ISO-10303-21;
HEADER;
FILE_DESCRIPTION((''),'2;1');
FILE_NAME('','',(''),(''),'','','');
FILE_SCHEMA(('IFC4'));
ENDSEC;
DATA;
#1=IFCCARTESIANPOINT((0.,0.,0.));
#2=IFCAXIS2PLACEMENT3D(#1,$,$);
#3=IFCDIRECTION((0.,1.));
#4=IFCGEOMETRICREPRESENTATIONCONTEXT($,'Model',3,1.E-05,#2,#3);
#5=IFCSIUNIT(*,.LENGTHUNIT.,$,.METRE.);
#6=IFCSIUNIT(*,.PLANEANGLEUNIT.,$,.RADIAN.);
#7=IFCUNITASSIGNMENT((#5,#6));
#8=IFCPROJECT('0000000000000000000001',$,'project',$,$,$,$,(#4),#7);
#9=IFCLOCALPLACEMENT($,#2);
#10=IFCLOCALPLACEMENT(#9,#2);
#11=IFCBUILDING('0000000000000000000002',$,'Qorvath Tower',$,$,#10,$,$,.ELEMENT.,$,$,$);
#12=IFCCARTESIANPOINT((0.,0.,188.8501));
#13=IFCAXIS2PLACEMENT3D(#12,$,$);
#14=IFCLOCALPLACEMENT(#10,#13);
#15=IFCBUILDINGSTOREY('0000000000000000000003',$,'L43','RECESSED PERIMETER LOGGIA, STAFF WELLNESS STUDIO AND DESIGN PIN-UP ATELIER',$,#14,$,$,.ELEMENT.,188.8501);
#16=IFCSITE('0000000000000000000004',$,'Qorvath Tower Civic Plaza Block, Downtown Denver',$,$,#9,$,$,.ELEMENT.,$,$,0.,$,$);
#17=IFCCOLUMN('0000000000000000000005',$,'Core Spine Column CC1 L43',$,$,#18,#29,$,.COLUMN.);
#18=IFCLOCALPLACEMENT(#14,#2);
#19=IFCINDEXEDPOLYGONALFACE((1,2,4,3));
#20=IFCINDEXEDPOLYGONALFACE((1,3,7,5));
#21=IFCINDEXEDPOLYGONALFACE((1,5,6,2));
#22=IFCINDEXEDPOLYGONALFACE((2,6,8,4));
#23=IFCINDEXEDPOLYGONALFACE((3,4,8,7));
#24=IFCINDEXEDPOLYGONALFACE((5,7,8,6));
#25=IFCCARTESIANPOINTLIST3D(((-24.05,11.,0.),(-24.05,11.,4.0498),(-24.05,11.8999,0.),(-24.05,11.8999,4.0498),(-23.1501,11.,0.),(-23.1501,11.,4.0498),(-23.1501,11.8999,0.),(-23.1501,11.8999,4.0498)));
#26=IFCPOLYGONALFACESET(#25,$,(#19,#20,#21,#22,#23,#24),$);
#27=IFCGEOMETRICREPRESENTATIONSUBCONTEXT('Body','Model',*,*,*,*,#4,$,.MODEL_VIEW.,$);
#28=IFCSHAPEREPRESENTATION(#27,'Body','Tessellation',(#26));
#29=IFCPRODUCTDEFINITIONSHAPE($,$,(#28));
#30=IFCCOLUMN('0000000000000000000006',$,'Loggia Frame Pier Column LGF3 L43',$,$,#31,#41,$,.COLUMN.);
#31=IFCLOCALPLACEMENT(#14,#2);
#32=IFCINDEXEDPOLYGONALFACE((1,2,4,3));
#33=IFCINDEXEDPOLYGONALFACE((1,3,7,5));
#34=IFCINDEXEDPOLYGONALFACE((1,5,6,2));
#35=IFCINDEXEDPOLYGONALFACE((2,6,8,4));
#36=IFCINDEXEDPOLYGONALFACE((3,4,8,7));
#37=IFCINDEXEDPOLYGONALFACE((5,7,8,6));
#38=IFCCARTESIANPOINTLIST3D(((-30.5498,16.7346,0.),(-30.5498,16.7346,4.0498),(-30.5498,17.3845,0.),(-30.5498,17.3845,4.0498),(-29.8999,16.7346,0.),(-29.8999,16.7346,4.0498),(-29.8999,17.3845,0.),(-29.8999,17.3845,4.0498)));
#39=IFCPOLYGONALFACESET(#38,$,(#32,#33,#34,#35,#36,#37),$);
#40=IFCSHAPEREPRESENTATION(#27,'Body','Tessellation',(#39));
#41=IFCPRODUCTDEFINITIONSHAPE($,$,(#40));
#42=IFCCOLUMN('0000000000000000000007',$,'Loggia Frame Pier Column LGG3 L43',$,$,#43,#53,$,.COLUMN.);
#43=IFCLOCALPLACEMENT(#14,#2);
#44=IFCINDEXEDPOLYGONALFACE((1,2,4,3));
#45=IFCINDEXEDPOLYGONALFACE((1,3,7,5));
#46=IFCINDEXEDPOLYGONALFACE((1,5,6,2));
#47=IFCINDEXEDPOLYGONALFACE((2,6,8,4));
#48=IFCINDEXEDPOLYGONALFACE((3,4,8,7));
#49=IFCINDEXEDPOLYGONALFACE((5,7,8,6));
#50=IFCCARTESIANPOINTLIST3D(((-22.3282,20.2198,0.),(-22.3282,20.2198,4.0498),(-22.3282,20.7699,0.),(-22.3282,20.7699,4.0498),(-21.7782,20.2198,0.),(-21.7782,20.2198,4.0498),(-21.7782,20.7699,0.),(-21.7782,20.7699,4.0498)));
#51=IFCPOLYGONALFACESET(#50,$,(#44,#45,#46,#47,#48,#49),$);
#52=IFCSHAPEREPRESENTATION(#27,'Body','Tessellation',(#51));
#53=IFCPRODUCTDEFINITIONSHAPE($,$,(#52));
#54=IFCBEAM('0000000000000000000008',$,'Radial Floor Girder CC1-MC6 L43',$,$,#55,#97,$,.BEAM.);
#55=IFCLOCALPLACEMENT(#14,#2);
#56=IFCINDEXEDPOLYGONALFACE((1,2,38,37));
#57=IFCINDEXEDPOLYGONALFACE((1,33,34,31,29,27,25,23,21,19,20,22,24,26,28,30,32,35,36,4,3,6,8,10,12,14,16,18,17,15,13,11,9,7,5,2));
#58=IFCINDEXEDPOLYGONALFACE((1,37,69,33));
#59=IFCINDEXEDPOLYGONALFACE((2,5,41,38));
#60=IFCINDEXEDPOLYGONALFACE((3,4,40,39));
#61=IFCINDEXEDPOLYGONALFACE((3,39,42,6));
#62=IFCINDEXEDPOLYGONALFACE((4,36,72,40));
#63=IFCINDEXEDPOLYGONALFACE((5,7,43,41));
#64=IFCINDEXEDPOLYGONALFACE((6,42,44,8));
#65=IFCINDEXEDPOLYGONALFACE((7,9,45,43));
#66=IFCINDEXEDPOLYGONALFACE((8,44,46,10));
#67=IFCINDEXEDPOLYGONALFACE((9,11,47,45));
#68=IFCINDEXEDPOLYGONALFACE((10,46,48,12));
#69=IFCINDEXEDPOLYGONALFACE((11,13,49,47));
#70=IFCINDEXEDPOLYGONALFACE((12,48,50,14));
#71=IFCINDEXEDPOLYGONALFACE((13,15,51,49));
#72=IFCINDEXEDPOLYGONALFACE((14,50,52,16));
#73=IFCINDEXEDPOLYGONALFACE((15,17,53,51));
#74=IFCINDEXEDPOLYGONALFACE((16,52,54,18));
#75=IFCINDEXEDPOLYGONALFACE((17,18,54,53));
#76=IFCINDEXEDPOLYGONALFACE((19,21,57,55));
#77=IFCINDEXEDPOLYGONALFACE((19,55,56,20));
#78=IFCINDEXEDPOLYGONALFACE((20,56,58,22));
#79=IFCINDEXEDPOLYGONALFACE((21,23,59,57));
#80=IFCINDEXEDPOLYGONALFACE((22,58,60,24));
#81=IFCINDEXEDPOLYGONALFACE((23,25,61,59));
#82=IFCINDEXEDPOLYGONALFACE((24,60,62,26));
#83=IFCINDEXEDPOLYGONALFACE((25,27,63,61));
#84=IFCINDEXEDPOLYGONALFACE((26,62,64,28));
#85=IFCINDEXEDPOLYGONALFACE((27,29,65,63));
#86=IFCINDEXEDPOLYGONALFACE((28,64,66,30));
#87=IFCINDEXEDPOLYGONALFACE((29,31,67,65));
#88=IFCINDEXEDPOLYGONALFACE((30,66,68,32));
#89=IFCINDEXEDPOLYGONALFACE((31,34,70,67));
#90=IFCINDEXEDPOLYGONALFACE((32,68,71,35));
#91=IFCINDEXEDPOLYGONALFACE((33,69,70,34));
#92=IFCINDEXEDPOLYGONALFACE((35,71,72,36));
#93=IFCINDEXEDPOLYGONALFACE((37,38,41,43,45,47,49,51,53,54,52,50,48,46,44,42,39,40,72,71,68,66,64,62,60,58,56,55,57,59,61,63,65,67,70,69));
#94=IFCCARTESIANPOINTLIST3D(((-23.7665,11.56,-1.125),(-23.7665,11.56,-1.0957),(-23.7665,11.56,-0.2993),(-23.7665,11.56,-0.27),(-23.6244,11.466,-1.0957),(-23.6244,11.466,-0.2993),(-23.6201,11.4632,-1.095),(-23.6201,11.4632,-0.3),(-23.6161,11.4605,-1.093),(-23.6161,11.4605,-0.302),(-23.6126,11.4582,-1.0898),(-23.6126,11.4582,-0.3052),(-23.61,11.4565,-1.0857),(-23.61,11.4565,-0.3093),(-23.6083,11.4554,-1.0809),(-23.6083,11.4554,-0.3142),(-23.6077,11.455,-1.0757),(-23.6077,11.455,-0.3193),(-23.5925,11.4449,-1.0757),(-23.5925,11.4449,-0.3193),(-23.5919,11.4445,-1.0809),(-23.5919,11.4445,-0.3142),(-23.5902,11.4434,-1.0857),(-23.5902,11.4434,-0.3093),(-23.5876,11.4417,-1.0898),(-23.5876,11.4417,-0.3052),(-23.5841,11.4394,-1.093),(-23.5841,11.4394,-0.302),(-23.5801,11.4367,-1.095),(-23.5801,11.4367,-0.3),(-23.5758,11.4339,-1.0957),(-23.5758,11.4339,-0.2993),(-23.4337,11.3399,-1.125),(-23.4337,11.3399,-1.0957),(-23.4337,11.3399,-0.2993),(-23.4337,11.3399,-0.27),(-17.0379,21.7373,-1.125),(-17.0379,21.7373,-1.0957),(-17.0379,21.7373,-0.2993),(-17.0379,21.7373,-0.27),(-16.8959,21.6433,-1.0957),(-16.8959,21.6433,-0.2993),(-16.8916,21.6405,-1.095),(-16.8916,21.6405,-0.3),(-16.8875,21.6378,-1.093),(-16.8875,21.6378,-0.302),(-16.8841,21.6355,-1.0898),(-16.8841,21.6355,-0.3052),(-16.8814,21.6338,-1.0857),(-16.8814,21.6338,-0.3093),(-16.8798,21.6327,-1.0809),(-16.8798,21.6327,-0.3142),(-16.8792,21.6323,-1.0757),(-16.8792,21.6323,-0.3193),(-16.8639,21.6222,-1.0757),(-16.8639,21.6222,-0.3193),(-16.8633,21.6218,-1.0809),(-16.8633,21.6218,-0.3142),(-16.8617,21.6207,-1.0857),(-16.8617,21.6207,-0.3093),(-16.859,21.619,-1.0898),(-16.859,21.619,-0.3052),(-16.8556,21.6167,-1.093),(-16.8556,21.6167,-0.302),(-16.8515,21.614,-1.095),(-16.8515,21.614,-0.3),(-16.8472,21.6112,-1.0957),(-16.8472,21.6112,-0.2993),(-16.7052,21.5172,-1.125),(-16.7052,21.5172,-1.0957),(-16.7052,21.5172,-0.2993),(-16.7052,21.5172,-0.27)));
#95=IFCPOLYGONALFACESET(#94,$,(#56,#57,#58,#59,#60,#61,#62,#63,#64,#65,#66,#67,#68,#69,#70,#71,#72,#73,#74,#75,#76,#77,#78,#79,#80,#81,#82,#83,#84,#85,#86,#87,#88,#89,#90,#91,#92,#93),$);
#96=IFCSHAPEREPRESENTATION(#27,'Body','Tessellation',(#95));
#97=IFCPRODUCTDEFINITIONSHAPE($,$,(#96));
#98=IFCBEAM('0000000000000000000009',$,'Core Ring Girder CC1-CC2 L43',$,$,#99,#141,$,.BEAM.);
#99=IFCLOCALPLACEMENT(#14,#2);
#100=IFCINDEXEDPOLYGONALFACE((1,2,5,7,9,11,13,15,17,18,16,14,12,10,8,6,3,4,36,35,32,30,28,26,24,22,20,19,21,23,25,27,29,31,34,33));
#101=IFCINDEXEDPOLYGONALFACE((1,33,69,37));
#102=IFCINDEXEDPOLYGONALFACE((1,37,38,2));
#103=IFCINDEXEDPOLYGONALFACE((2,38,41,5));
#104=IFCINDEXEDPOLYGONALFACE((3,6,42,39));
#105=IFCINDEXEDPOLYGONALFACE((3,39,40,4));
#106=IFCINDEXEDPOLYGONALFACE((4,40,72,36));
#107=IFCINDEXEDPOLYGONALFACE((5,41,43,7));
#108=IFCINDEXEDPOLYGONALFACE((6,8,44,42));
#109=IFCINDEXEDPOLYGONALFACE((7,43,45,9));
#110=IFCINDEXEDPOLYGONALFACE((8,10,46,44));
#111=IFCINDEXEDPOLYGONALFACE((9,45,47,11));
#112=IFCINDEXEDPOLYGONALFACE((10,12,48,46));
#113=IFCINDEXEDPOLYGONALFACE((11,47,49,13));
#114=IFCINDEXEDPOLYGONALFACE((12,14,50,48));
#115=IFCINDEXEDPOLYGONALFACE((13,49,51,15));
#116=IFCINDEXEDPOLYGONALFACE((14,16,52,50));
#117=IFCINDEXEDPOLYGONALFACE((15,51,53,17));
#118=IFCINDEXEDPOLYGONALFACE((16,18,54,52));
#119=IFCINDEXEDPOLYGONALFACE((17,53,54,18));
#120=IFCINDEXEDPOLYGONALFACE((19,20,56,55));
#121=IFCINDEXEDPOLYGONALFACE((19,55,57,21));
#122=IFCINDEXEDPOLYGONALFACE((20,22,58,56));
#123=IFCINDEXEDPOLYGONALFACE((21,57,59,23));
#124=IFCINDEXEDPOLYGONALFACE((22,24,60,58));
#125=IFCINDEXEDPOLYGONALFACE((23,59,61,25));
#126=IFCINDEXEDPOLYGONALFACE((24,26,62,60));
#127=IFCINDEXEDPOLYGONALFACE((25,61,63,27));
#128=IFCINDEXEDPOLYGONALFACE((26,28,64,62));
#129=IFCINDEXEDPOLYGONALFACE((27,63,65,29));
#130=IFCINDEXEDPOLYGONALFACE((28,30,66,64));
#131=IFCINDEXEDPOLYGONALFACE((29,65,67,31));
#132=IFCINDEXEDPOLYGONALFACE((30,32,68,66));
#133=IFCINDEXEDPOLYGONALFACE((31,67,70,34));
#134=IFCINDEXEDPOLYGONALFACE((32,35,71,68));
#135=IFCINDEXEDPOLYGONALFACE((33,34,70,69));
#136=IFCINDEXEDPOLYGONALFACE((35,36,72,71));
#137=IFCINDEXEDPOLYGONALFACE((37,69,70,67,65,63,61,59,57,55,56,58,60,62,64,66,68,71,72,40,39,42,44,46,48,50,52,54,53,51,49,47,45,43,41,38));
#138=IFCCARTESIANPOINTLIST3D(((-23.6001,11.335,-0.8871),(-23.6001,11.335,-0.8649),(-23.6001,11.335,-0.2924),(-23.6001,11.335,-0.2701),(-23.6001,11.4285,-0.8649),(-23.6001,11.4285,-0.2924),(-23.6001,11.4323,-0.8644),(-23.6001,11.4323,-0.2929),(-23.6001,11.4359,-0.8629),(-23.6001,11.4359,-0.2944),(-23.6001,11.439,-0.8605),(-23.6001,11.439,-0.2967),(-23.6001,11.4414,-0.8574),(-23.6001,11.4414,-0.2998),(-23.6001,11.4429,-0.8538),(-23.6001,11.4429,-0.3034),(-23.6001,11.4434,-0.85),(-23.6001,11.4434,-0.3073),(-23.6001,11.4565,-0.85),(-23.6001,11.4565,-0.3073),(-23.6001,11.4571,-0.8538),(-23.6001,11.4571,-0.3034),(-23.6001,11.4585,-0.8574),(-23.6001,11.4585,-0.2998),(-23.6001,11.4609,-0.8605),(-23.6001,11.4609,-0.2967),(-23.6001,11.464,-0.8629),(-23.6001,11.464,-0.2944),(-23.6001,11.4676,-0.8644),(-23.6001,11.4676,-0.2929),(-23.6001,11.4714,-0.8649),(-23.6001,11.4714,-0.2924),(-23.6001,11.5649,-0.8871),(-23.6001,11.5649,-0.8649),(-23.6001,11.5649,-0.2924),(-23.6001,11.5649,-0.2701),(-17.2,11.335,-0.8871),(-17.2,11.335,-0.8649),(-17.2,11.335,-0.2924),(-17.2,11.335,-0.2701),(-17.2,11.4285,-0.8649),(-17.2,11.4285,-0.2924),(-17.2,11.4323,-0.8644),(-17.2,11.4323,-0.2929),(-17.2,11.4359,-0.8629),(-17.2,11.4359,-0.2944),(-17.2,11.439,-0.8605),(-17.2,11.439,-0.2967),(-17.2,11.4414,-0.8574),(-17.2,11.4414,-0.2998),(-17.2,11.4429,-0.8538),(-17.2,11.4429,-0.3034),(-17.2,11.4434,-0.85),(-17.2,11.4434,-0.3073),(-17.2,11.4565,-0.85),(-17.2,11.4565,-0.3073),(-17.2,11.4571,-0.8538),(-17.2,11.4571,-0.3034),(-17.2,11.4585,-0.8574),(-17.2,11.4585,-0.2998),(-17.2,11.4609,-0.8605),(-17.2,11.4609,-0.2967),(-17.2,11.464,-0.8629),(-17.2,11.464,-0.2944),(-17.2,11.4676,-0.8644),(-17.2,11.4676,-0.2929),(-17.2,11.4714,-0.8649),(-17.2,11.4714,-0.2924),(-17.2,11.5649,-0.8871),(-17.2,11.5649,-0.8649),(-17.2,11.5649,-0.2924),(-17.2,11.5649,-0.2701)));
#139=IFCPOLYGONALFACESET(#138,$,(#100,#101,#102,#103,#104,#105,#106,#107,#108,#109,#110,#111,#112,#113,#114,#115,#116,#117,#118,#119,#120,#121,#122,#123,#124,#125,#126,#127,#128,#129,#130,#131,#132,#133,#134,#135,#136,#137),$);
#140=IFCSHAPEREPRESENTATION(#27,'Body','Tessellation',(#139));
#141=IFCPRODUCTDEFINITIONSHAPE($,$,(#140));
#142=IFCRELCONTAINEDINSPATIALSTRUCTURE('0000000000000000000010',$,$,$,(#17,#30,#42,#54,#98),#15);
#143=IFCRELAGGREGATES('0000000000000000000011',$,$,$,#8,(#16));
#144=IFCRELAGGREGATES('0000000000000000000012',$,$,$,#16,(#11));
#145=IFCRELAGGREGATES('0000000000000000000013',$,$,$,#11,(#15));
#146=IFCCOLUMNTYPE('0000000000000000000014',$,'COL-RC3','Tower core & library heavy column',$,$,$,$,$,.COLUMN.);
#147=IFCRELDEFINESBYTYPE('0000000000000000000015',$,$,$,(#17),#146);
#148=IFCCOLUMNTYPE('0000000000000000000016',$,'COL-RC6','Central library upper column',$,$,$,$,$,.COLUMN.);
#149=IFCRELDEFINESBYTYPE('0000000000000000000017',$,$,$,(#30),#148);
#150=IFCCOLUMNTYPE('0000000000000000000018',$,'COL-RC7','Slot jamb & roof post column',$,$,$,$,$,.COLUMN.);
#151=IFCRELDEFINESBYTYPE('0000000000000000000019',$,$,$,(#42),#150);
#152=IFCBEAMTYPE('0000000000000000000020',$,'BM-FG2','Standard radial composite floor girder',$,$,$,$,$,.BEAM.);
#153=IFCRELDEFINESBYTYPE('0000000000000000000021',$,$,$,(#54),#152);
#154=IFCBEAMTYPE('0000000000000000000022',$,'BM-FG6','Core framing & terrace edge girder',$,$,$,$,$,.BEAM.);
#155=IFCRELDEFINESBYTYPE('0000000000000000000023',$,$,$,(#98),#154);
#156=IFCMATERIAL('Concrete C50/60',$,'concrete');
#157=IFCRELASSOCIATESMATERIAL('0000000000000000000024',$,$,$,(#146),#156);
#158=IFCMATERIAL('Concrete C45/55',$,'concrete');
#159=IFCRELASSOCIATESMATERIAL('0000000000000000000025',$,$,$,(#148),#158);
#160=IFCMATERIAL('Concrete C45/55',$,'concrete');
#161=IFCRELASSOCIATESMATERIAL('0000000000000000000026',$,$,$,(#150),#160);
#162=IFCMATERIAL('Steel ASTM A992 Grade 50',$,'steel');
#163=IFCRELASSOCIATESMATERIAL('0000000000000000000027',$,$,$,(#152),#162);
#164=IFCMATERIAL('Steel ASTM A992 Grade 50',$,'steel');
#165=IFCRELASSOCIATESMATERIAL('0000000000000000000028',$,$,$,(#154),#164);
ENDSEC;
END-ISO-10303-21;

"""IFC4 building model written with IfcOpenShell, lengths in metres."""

from ifc_helpers import new_model, si_unit, direction, frame, origin, origin_2d, place, context, subcontext, project, spatial, rectangle, i_section, extrude, material, material_profile, profile_set, type_object, element, save


model = new_model("IFC4")

# Units and contexts
model_context = context("Model", 3, precision=1e-05, world=origin(), true_north=direction((0.0, 1.0)))
body_context = subcontext(model_context, "Body", "Model", "MODEL_VIEW")
ifc_project = project(units=[si_unit("LENGTHUNIT", "METRE"), si_unit("PLANEANGLEUNIT", "RADIAN")], contexts=[model_context])

# Site, building, storey
site_placement = place(None, origin())
site = spatial("IfcSite", under=ifc_project, at=site_placement, Name="Qorvath Tower Civic Plaza Block, Downtown Denver", CompositionType="ELEMENT", RefElevation=0.0)
building_placement = place(site_placement, origin())
building = spatial("IfcBuilding", under=site, at=building_placement, Name="Qorvath Tower", CompositionType="ELEMENT")
storey_placement = place(building_placement, frame((0.0, 0.0, 188.8501)))
storey = spatial("IfcBuildingStorey", under=building, at=storey_placement, Name="L43", Description="RECESSED PERIMETER LOGGIA, STAFF WELLNESS STUDIO AND DESIGN PIN-UP ATELIER", CompositionType="ELEMENT", Elevation=188.8501)

# Columns
ifc_material_1 = material(Name="Concrete C50/60", Category="concrete")
ifc_material_profile_1 = material_profile(ifc_material_1, rectangle(XDim=0.8999, YDim=0.8999, at=origin_2d()), Name="RC 900x900")
ifc_profile_set_1 = profile_set([ifc_material_profile_1], Name="Concrete C50/60")
column_type_1 = type_object("IfcColumnType", Name="COL-RC3", Description="Tower core & library heavy column", PredefinedType="COLUMN", material=ifc_profile_set_1)
column_1_placement = place(storey_placement, frame((-23.6001, 11.45, 0.0), z_axis=(0.0, 0.0, 1.0), x_axis=(1.0, 0.0, 0.0)))
element("IfcColumn", 1, at=column_1_placement, inside=storey, type_object=column_type_1, Name="Core Spine Column CC1 L43", PredefinedType="COLUMN", context=body_context, shape_type="SweptSolid", body=[
    extrude(rectangle(XDim=0.8999, YDim=0.8999, at=origin_2d()), origin(), (0.0, 0.0, 1.0), 4.0498),
])
ifc_material_2 = material(Name="Concrete C45/55", Category="concrete")
ifc_material_profile_2 = material_profile(ifc_material_2, rectangle(XDim=0.6499, YDim=0.6499, at=origin_2d()), Name="RC 650x650")
ifc_profile_set_2 = profile_set([ifc_material_profile_2], Name="Concrete C45/55")
column_type_2 = type_object("IfcColumnType", Name="COL-RC6", Description="Central library upper column", PredefinedType="COLUMN", material=ifc_profile_set_2)
column_2_placement = place(storey_placement, frame((-30.2249, 17.0596, 0.0), z_axis=(0.0, 0.0, 1.0), x_axis=(1.0, 0.0, 0.0)))
element("IfcColumn", 2, at=column_2_placement, inside=storey, type_object=column_type_2, Name="Loggia Frame Pier Column LGF3 L43", PredefinedType="COLUMN", context=body_context, shape_type="SweptSolid", body=[
    extrude(rectangle(XDim=0.6499, YDim=0.6499, at=origin_2d()), origin(), (0.0, 0.0, 1.0), 4.0498),
])
ifc_material_3 = material(Name="Concrete C45/55", Category="concrete")
ifc_material_profile_3 = material_profile(ifc_material_3, rectangle(XDim=0.55, YDim=0.55, at=origin_2d()), Name="RC 550x550")
ifc_profile_set_3 = profile_set([ifc_material_profile_3], Name="Concrete C45/55")
column_type_3 = type_object("IfcColumnType", Name="COL-RC7", Description="Slot jamb & roof post column", PredefinedType="COLUMN", material=ifc_profile_set_3)
column_3_placement = place(storey_placement, frame((-22.0532, 20.4949, 0.0), z_axis=(0.0, 0.0, 1.0), x_axis=(1.0, 0.0, 0.0)))
element("IfcColumn", 3, at=column_3_placement, inside=storey, type_object=column_type_3, Name="Loggia Frame Pier Column LGG3 L43", PredefinedType="COLUMN", context=body_context, shape_type="SweptSolid", body=[
    extrude(rectangle(XDim=0.55, YDim=0.55, at=origin_2d()), origin(), (0.0, 0.0, 1.0), 4.0498),
])

# Beams
ifc_material_4 = material(Name="Steel ASTM A992 Grade 50", Category="steel")
ifc_material_profile_4 = material_profile(ifc_material_4, i_section(OverallWidth=0.3989, OverallDepth=0.855, WebThickness=0.0183, FlangeThickness=0.0293, FilletRadius=0.02, at=origin_2d()), Name="W33x201")
ifc_profile_set_4 = profile_set([ifc_material_profile_4], Name="Steel ASTM A992 Grade 50")
beam_type_1 = type_object("IfcBeamType", Name="BM-FG2", Description="Standard radial composite floor girder", PredefinedType="BEAM", material=ifc_profile_set_4)
beam_1_placement = place(storey_placement, frame((-23.6001, 11.45, -0.6975), z_axis=(0.551501, 0.834175, 0.0), x_axis=(-0.834175, 0.551501, 0.0)))
element("IfcBeam", 4, at=beam_1_placement, inside=storey, type_object=beam_type_1, Name="Radial Floor Girder CC1-MC6 L43", PredefinedType="BEAM", context=body_context, shape_type="SweptSolid", body=[
    extrude(i_section(OverallWidth=0.3989, OverallDepth=0.855, WebThickness=0.0183, FlangeThickness=0.0293, FilletRadius=0.02, at=origin_2d()), origin(), (0.0, 0.0, 1.0), 12.2004),
])
ifc_material_5 = material(Name="Steel ASTM A992 Grade 50", Category="steel")
ifc_material_profile_5 = material_profile(ifc_material_5, i_section(OverallWidth=0.23, OverallDepth=0.6169, WebThickness=0.0132, FlangeThickness=0.0222, FilletRadius=0.0149, at=origin_2d()), Name="W24x94")
ifc_profile_set_5 = profile_set([ifc_material_profile_5], Name="Steel ASTM A992 Grade 50")
beam_type_2 = type_object("IfcBeamType", Name="BM-FG6", Description="Core framing & terrace edge girder", PredefinedType="BEAM", material=ifc_profile_set_5)
beam_2_placement = place(storey_placement, frame((-23.6001, 11.45, -0.5786), z_axis=(1.0, 0.0, 0.0), x_axis=(0.0, 1.0, 0.0)))
element("IfcBeam", 5, at=beam_2_placement, inside=storey, type_object=beam_type_2, Name="Core Ring Girder CC1-CC2 L43", PredefinedType="BEAM", context=body_context, shape_type="SweptSolid", body=[
    extrude(i_section(OverallWidth=0.23, OverallDepth=0.6169, WebThickness=0.0132, FlangeThickness=0.0222, FilletRadius=0.0149, at=origin_2d()), origin(), (0.0, 0.0, 1.0), 6.4001),
])

save(model, "model.ifc")
